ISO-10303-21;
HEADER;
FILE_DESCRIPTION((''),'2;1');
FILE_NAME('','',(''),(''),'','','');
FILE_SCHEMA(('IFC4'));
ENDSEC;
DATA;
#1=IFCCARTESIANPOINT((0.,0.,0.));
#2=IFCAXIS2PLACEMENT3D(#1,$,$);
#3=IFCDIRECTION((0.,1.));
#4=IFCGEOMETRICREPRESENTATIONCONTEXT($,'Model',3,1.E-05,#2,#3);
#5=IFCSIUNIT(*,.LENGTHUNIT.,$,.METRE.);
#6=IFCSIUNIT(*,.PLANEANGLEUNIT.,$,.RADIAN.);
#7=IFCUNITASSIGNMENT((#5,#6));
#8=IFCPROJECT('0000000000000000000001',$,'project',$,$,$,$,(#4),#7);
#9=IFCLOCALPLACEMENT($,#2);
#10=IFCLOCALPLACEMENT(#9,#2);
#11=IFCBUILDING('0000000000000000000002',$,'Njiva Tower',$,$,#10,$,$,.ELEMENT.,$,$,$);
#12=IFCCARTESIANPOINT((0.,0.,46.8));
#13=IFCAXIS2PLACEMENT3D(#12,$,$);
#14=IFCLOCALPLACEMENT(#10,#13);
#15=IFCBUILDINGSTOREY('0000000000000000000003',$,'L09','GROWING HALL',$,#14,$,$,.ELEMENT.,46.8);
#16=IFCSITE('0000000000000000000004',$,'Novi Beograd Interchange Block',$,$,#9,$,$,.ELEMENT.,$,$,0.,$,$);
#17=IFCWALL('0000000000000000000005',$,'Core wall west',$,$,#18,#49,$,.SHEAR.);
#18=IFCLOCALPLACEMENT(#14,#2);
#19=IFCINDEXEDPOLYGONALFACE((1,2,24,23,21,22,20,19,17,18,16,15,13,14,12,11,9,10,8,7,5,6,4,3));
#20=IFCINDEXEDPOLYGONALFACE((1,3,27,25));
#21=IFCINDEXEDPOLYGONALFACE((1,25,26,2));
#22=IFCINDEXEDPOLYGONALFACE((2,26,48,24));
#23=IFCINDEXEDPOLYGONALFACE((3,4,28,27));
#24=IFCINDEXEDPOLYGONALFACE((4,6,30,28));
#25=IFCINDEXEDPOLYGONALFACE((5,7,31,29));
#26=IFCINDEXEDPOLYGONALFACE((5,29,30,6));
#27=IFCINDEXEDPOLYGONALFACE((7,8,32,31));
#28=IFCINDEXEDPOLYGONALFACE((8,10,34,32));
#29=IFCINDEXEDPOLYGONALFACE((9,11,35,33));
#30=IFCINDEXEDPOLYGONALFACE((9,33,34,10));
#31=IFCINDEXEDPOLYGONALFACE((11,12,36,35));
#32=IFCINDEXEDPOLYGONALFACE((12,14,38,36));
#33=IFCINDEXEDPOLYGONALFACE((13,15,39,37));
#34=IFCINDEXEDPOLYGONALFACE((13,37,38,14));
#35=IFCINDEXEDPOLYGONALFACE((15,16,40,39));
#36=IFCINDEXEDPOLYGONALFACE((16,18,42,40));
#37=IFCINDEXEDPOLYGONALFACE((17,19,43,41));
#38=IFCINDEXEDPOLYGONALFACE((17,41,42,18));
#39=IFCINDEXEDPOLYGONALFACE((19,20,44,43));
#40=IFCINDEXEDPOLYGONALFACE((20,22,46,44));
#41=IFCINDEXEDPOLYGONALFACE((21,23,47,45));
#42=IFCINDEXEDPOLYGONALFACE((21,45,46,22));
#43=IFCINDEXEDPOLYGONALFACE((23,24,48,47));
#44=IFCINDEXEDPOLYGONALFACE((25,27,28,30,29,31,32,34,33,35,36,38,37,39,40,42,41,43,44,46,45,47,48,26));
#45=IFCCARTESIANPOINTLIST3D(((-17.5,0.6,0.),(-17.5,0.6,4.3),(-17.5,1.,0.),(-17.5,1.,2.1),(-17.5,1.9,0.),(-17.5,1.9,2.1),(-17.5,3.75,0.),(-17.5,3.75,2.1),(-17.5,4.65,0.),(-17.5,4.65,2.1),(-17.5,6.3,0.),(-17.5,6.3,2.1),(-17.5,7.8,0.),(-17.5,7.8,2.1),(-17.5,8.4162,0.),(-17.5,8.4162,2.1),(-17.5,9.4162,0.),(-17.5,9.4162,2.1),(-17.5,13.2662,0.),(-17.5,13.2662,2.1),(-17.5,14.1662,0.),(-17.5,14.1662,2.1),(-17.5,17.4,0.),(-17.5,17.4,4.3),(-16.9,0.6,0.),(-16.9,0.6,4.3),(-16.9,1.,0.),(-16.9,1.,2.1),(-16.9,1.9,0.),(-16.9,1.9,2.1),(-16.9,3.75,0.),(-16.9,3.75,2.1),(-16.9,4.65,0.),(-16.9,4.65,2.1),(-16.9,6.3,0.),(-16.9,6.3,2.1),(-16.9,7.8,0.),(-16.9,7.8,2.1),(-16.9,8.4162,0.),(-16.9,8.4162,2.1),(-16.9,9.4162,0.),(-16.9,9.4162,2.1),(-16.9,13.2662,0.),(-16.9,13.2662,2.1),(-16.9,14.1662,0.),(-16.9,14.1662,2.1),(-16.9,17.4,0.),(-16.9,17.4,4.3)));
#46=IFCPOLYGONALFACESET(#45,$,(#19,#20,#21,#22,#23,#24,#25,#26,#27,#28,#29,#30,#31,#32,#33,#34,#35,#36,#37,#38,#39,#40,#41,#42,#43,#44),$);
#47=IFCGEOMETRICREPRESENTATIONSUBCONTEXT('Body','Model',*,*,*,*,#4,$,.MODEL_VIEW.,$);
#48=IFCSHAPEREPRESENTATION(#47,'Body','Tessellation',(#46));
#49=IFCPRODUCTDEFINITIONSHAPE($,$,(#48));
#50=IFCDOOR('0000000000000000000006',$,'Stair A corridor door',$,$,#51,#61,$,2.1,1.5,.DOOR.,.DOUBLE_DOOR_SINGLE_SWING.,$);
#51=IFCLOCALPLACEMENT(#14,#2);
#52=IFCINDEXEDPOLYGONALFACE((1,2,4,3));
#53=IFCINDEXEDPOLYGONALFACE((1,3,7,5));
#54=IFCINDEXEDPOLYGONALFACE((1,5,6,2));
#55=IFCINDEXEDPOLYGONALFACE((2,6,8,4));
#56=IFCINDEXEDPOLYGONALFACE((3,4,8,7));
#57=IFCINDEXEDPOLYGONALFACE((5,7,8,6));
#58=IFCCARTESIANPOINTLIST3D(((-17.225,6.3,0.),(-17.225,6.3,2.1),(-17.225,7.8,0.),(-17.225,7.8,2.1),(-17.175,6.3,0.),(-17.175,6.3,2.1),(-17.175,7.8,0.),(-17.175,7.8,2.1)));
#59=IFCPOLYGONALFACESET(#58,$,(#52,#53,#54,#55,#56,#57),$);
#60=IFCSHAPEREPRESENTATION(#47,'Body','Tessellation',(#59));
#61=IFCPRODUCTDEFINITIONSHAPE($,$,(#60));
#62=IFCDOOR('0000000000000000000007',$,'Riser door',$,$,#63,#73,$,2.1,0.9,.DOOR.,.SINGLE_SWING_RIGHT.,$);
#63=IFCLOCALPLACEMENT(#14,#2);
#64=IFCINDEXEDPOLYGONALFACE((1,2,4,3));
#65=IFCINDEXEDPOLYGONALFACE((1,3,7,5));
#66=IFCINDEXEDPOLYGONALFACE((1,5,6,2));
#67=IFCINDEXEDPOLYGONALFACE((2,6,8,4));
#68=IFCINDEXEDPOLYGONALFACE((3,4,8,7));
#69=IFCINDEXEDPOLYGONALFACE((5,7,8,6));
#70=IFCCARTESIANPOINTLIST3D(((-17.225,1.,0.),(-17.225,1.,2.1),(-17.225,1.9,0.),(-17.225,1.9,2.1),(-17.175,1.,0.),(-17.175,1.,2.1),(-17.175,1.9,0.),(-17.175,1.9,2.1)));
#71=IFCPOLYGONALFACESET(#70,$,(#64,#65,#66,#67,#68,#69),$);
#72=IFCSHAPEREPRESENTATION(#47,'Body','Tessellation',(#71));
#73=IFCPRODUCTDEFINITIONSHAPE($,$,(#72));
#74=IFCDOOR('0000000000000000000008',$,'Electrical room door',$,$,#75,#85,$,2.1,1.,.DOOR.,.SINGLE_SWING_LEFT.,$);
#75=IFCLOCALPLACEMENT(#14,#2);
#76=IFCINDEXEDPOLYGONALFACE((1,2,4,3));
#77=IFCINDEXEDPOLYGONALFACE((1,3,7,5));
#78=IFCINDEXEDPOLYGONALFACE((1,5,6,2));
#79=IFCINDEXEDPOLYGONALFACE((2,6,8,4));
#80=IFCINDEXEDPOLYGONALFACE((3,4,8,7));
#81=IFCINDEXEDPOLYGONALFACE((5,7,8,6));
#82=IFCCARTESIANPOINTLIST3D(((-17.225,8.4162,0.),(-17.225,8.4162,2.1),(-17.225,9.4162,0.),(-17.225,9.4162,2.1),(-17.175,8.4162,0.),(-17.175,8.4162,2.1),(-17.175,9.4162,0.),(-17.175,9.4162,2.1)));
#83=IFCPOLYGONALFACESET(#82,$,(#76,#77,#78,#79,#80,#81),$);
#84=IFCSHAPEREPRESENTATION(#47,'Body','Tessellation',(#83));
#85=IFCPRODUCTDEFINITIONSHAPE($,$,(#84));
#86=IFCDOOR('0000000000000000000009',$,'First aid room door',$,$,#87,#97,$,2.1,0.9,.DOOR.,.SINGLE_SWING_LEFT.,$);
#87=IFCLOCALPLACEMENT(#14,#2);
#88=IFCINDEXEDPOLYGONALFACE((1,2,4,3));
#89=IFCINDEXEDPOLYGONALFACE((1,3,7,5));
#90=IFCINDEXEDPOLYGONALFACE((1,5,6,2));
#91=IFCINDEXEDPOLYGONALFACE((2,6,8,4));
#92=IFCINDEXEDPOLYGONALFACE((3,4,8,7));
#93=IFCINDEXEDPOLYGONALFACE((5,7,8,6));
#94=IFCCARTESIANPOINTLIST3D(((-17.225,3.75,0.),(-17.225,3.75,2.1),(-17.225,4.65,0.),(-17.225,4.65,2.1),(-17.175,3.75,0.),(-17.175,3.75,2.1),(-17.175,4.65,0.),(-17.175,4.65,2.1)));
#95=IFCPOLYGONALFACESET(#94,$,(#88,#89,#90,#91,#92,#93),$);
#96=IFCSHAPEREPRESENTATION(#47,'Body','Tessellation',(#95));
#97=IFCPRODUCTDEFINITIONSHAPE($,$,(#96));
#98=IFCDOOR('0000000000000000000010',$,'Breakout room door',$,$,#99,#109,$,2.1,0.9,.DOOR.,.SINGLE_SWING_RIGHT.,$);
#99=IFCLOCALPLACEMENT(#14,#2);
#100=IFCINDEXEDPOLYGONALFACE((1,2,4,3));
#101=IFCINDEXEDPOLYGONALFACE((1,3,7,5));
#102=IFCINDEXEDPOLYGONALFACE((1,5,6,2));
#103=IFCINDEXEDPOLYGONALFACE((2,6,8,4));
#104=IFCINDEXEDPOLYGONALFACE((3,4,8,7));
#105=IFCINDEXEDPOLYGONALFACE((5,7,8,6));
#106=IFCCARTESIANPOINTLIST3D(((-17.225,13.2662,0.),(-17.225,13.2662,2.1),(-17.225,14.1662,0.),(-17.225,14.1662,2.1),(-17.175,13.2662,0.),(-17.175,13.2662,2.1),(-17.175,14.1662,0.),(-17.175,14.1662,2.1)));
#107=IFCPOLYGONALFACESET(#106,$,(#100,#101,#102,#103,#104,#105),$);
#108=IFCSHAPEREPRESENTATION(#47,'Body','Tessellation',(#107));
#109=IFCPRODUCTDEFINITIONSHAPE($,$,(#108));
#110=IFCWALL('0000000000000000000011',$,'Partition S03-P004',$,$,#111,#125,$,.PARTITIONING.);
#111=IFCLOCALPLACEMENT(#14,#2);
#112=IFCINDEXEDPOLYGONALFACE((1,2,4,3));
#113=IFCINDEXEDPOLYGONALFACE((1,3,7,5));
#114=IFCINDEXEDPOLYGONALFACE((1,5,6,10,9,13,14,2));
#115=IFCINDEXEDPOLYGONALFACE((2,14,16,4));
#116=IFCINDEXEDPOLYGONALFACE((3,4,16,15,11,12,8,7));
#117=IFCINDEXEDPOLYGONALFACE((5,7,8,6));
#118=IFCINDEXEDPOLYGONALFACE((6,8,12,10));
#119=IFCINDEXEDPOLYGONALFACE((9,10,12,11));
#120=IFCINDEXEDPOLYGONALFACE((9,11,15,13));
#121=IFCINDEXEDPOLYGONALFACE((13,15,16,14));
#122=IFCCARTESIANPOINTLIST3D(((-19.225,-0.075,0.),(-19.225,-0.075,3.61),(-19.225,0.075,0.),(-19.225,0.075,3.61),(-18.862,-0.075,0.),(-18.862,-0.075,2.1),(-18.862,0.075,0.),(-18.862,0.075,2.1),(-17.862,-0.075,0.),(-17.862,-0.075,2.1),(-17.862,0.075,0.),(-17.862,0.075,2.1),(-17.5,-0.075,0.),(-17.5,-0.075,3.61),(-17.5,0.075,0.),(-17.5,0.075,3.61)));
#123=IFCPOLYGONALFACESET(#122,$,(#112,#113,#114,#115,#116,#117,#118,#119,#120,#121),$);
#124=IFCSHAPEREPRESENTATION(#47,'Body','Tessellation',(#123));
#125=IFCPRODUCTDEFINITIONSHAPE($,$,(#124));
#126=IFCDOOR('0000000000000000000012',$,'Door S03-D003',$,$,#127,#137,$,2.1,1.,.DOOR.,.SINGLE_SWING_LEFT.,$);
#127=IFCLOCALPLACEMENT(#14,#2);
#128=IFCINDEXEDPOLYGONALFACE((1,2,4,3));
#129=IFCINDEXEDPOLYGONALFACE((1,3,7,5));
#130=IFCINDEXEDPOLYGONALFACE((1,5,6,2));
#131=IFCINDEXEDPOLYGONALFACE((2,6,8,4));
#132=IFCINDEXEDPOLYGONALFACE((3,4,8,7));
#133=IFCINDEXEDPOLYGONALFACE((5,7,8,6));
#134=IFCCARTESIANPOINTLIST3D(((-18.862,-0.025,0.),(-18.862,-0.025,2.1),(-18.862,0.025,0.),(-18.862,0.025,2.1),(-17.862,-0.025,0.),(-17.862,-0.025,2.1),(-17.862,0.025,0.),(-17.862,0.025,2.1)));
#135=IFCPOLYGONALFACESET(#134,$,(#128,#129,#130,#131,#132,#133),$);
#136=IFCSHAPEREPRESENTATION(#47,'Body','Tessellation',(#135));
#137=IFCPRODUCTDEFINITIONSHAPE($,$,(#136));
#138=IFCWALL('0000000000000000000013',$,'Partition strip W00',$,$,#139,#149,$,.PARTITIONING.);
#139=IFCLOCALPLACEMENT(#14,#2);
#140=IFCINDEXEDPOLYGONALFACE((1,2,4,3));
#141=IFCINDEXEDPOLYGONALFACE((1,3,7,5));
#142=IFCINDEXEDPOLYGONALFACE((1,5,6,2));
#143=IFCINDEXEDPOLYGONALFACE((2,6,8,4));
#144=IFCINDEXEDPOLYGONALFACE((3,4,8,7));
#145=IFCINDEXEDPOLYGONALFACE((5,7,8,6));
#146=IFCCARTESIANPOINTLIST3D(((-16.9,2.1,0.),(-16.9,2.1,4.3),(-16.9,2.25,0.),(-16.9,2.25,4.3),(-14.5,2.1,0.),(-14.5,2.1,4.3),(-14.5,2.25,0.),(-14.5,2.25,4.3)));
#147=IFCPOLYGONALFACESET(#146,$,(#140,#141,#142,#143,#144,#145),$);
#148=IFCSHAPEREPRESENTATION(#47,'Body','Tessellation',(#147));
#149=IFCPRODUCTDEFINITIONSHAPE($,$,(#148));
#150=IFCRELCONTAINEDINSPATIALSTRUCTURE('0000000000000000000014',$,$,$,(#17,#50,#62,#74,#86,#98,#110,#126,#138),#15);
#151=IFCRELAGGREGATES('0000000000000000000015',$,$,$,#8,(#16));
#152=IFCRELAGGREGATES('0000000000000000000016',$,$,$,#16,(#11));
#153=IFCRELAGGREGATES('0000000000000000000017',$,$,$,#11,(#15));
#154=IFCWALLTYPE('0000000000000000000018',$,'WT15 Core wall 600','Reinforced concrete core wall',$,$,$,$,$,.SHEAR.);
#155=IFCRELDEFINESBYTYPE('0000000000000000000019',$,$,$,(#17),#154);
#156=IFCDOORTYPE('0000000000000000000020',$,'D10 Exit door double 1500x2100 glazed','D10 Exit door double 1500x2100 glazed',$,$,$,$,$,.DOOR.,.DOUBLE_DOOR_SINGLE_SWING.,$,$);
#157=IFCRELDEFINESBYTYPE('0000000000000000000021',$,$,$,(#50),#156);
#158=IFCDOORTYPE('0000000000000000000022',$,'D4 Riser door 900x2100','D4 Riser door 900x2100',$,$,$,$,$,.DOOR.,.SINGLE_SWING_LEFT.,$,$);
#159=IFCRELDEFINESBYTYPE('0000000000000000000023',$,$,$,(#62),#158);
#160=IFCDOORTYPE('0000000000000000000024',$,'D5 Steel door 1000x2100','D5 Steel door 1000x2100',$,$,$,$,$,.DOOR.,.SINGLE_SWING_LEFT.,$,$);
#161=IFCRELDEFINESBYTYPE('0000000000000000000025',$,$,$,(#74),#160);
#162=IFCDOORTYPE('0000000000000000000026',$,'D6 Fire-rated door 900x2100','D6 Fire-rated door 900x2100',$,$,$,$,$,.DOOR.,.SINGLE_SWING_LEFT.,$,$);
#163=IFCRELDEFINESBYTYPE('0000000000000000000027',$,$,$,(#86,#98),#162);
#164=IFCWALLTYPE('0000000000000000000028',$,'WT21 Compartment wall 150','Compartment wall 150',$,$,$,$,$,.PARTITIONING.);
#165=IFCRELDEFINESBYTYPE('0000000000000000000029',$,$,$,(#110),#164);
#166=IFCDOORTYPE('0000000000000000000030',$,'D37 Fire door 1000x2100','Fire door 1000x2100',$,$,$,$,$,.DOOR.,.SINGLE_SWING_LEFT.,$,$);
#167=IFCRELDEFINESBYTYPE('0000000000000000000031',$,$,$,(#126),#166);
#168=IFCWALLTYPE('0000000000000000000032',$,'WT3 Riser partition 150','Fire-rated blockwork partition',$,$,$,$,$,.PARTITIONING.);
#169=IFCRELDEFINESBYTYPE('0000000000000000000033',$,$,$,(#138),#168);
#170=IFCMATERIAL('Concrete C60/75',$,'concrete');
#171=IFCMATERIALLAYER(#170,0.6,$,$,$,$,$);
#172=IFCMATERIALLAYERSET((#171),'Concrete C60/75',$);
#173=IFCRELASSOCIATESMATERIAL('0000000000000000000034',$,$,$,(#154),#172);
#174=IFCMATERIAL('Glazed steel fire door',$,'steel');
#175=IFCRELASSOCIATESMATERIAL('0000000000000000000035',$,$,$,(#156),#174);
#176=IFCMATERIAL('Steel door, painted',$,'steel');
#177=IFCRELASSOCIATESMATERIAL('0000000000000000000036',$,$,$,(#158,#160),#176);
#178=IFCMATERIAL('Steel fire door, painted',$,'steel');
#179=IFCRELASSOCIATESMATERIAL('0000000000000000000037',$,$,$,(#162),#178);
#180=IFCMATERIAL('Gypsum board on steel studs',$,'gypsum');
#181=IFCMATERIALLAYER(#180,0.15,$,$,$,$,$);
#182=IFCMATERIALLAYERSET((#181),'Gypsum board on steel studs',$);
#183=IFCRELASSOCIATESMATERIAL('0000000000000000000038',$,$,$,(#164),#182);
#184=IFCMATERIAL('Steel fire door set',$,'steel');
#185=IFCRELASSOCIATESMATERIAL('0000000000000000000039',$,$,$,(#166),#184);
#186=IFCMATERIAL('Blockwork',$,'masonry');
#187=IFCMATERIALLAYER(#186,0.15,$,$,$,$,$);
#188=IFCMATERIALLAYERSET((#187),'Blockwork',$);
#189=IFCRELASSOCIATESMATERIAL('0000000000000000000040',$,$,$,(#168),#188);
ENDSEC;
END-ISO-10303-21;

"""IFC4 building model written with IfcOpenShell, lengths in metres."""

from ifc_helpers import new_model, si_unit, direction, frame, frame_2d, origin, place, context, subcontext, project, spatial, rectangle, extrude, material, layer, layer_set, type_object, element, fill, save


model = new_model("IFC4")

# Units and contexts
model_context = context("Model", 3, precision=1e-05, world=origin(), true_north=direction((0.0, 1.0)))
body_context = subcontext(model_context, "Body", "Model", "MODEL_VIEW")
ifc_project = project(units=[si_unit("LENGTHUNIT", "METRE"), si_unit("PLANEANGLEUNIT", "RADIAN")], contexts=[model_context])

# Site, building, storey
site_placement = place(None, origin())
site = spatial("IfcSite", under=ifc_project, at=site_placement, Name="Novi Beograd Interchange Block", CompositionType="ELEMENT", RefElevation=0.0)
building_placement = place(site_placement, origin())
building = spatial("IfcBuilding", under=site, at=building_placement, Name="Njiva Tower", CompositionType="ELEMENT")
storey_placement = place(building_placement, frame((0.0, 0.0, 46.8)))
storey = spatial("IfcBuildingStorey", under=building, at=storey_placement, Name="L09", Description="GROWING HALL", CompositionType="ELEMENT", Elevation=46.8)

# Wall, openings, doors
ifc_material_1 = material(Name="Concrete C60/75", Category="concrete")
ifc_layer_1 = layer(ifc_material_1, 0.6)
ifc_layer_set_1 = layer_set([ifc_layer_1], Name="Concrete C60/75")
wall_type_1 = type_object("IfcWallType", Name="WT15 Core wall 600", Description="Reinforced concrete core wall", PredefinedType="SHEAR", material=ifc_layer_set_1)
wall_1_placement = place(storey_placement, frame((-17.2, 0.6, 0.0), z_axis=(0.0, 0.0, 1.0), x_axis=(0.0, 1.0, 0.0)))
wall_1 = element("IfcWall", 1, at=wall_1_placement, inside=storey, type_object=wall_type_1, Name="Core wall west", PredefinedType="SHEAR", context=body_context, shape_type="SweptSolid", body=[
    extrude(rectangle(XDim=16.8, YDim=0.6, at=frame_2d((8.4, 0.0))), origin(), (0.0, 0.0, 1.0), 4.3),
])
opening_1_placement = place(wall_1_placement, frame((5.7, 0.0, 0.0)))
opening_1 = element("IfcOpeningElement", 2, at=opening_1_placement, cuts=wall_1, PredefinedType="OPENING", context=body_context, shape_type="SweptSolid", body=[
    extrude(rectangle(XDim=1.5, YDim=2.1, at=frame_2d((0.75, 1.05))), frame((0.0, 0.31, 0.0), z_axis=(0.0, -1.0, 0.0), x_axis=(1.0, 0.0, 0.0)), (0.0, 0.0, 1.0), 0.62),
])
opening_2_placement = place(wall_1_placement, frame((0.4, 0.0, 0.0)))
opening_2 = element("IfcOpeningElement", 3, at=opening_2_placement, cuts=wall_1, PredefinedType="OPENING", context=body_context, shape_type="SweptSolid", body=[
    extrude(rectangle(XDim=0.9, YDim=2.1, at=frame_2d((0.45, 1.05))), frame((0.0, 0.31, 0.0), z_axis=(0.0, -1.0, 0.0), x_axis=(1.0, 0.0, 0.0)), (0.0, 0.0, 1.0), 0.62),
])
opening_3_placement = place(wall_1_placement, frame((3.15, 0.0, 0.0)))
opening_3 = element("IfcOpeningElement", 4, at=opening_3_placement, cuts=wall_1, PredefinedType="OPENING", context=body_context, shape_type="SweptSolid", body=[
    extrude(rectangle(XDim=0.9, YDim=2.1, at=frame_2d((0.45, 1.05))), frame((0.0, 0.31, 0.0), z_axis=(0.0, -1.0, 0.0), x_axis=(1.0, 0.0, 0.0)), (0.0, 0.0, 1.0), 0.62),
])
opening_4_placement = place(wall_1_placement, frame((7.8162, 0.0, 0.0)))
opening_4 = element("IfcOpeningElement", 5, at=opening_4_placement, cuts=wall_1, PredefinedType="OPENING", context=body_context, shape_type="SweptSolid", body=[
    extrude(rectangle(XDim=1.0, YDim=2.1, at=frame_2d((0.5, 1.05))), frame((0.0, 0.31, 0.0), z_axis=(0.0, -1.0, 0.0), x_axis=(1.0, 0.0, 0.0)), (0.0, 0.0, 1.0), 0.62),
])
opening_5_placement = place(wall_1_placement, frame((12.6662, 0.0, 0.0)))
opening_5 = element("IfcOpeningElement", 6, at=opening_5_placement, cuts=wall_1, PredefinedType="OPENING", context=body_context, shape_type="SweptSolid", body=[
    extrude(rectangle(XDim=0.9, YDim=2.1, at=frame_2d((0.45, 1.05))), frame((0.0, 0.31, 0.0), z_axis=(0.0, -1.0, 0.0), x_axis=(1.0, 0.0, 0.0)), (0.0, 0.0, 1.0), 0.62),
])
ifc_material_2 = material(Name="Glazed steel fire door", Category="steel")
door_type_1 = type_object("IfcDoorType", Name="D10 Exit door double 1500x2100 glazed", Description="D10 Exit door double 1500x2100 glazed", OperationType="DOUBLE_DOOR_SINGLE_SWING", PredefinedType="DOOR", material=ifc_material_2)
door_1_placement = place(opening_1_placement, origin())
door_1 = element("IfcDoor", 7, at=door_1_placement, inside=storey, type_object=door_type_1, Name="Stair A corridor door", OperationType="DOUBLE_DOOR_SINGLE_SWING", OverallHeight=2.1, OverallWidth=1.5, PredefinedType="DOOR", context=body_context, shape_type="SweptSolid", body=[
    extrude(rectangle(XDim=1.5, YDim=2.1, at=frame_2d((0.75, 1.05))), frame((0.0, 0.025, 0.0), z_axis=(0.0, -1.0, 0.0), x_axis=(1.0, 0.0, 0.0)), (0.0, 0.0, 1.0), 0.05),
])
fill(opening_1, door_1)
ifc_material_3 = material(Name="Steel door, painted", Category="steel")
door_type_2 = type_object("IfcDoorType", Name="D4 Riser door 900x2100", Description="D4 Riser door 900x2100", OperationType="SINGLE_SWING_LEFT", PredefinedType="DOOR", material=ifc_material_3)
door_2_placement = place(opening_2_placement, origin())
door_2 = element("IfcDoor", 8, at=door_2_placement, inside=storey, type_object=door_type_2, Name="Riser door", OperationType="SINGLE_SWING_RIGHT", OverallHeight=2.1, OverallWidth=0.9, PredefinedType="DOOR", context=body_context, shape_type="SweptSolid", body=[
    extrude(rectangle(XDim=0.9, YDim=2.1, at=frame_2d((0.45, 1.05))), frame((0.0, 0.025, 0.0), z_axis=(0.0, -1.0, 0.0), x_axis=(1.0, 0.0, 0.0)), (0.0, 0.0, 1.0), 0.05),
])
fill(opening_2, door_2)
door_type_3 = type_object("IfcDoorType", Name="D5 Steel door 1000x2100", Description="D5 Steel door 1000x2100", OperationType="SINGLE_SWING_LEFT", PredefinedType="DOOR", material=ifc_material_3)
door_3_placement = place(opening_4_placement, origin())
door_3 = element("IfcDoor", 9, at=door_3_placement, inside=storey, type_object=door_type_3, Name="Electrical room door", OperationType="SINGLE_SWING_LEFT", OverallHeight=2.1, OverallWidth=1.0, PredefinedType="DOOR", context=body_context, shape_type="SweptSolid", body=[
    extrude(rectangle(XDim=1.0, YDim=2.1, at=frame_2d((0.5, 1.05))), frame((0.0, 0.025, 0.0), z_axis=(0.0, -1.0, 0.0), x_axis=(1.0, 0.0, 0.0)), (0.0, 0.0, 1.0), 0.05),
])
fill(opening_4, door_3)
ifc_material_4 = material(Name="Steel fire door, painted", Category="steel")
door_type_4 = type_object("IfcDoorType", Name="D6 Fire-rated door 900x2100", Description="D6 Fire-rated door 900x2100", OperationType="SINGLE_SWING_LEFT", PredefinedType="DOOR", material=ifc_material_4)
door_4_placement = place(opening_3_placement, origin())
door_4 = element("IfcDoor", 10, at=door_4_placement, inside=storey, type_object=door_type_4, Name="First aid room door", OperationType="SINGLE_SWING_LEFT", OverallHeight=2.1, OverallWidth=0.9, PredefinedType="DOOR", context=body_context, shape_type="SweptSolid", body=[
    extrude(rectangle(XDim=0.9, YDim=2.1, at=frame_2d((0.45, 1.05))), frame((0.0, 0.025, 0.0), z_axis=(0.0, -1.0, 0.0), x_axis=(1.0, 0.0, 0.0)), (0.0, 0.0, 1.0), 0.05),
])
fill(opening_3, door_4)
door_5_placement = place(opening_5_placement, origin())
door_5 = element("IfcDoor", 11, at=door_5_placement, inside=storey, type_object=door_type_4, Name="Breakout room door", OperationType="SINGLE_SWING_RIGHT", OverallHeight=2.1, OverallWidth=0.9, PredefinedType="DOOR", context=body_context, shape_type="SweptSolid", body=[
    extrude(rectangle(XDim=0.9, YDim=2.1, at=frame_2d((0.45, 1.05))), frame((0.0, 0.025, 0.0), z_axis=(0.0, -1.0, 0.0), x_axis=(1.0, 0.0, 0.0)), (0.0, 0.0, 1.0), 0.05),
])
fill(opening_5, door_5)

# Wall, opening, door
ifc_material_5 = material(Name="Gypsum board on steel studs", Category="gypsum")
ifc_layer_2 = layer(ifc_material_5, 0.15)
ifc_layer_set_2 = layer_set([ifc_layer_2], Name="Gypsum board on steel studs")
wall_type_2 = type_object("IfcWallType", Name="WT21 Compartment wall 150", Description="Compartment wall 150", PredefinedType="PARTITIONING", material=ifc_layer_set_2)
wall_2_placement = place(storey_placement, frame((-19.225, 0.0, 0.0), z_axis=(0.0, 0.0, 1.0), x_axis=(1.0, 0.0, 0.0)))
wall_2 = element("IfcWall", 12, at=wall_2_placement, inside=storey, type_object=wall_type_2, Name="Partition S03-P004", PredefinedType="PARTITIONING", context=body_context, shape_type="SweptSolid", body=[
    extrude(rectangle(XDim=1.725, YDim=0.15, at=frame_2d((0.8625, 0.0))), origin(), (0.0, 0.0, 1.0), 3.61),
])
opening_6_placement = place(wall_2_placement, frame((0.363, 0.0, 0.0)))
opening_6 = element("IfcOpeningElement", 13, at=opening_6_placement, cuts=wall_2, PredefinedType="OPENING", context=body_context, shape_type="SweptSolid", body=[
    extrude(rectangle(XDim=1.0, YDim=2.1, at=frame_2d((0.5, 1.05))), frame((0.0, 0.085, 0.0), z_axis=(0.0, -1.0, 0.0), x_axis=(1.0, 0.0, 0.0)), (0.0, 0.0, 1.0), 0.17),
])
ifc_material_6 = material(Name="Steel fire door set", Category="steel")
door_type_5 = type_object("IfcDoorType", Name="D37 Fire door 1000x2100", Description="Fire door 1000x2100", OperationType="SINGLE_SWING_LEFT", PredefinedType="DOOR", material=ifc_material_6)
door_6_placement = place(opening_6_placement, origin())
door_6 = element("IfcDoor", 14, at=door_6_placement, inside=storey, type_object=door_type_5, Name="Door S03-D003", OperationType="SINGLE_SWING_LEFT", OverallHeight=2.1, OverallWidth=1.0, PredefinedType="DOOR", context=body_context, shape_type="SweptSolid", body=[
    extrude(rectangle(XDim=1.0, YDim=2.1, at=frame_2d((0.5, 1.05))), frame((0.0, 0.025, 0.0), z_axis=(0.0, -1.0, 0.0), x_axis=(1.0, 0.0, 0.0)), (0.0, 0.0, 1.0), 0.05),
])
fill(opening_6, door_6)

# Wall
ifc_material_7 = material(Name="Blockwork", Category="masonry")
ifc_layer_3 = layer(ifc_material_7, 0.15)
ifc_layer_set_3 = layer_set([ifc_layer_3], Name="Blockwork")
wall_type_3 = type_object("IfcWallType", Name="WT3 Riser partition 150", Description="Fire-rated blockwork partition", PredefinedType="PARTITIONING", material=ifc_layer_set_3)
wall_3_placement = place(storey_placement, frame((-16.9, 2.175, 0.0), z_axis=(0.0, 0.0, 1.0), x_axis=(1.0, 0.0, 0.0)))
element("IfcWall", 15, at=wall_3_placement, inside=storey, type_object=wall_type_3, Name="Partition strip W00", PredefinedType="PARTITIONING", context=body_context, shape_type="SweptSolid", body=[
    extrude(rectangle(XDim=2.4, YDim=0.15, at=frame_2d((1.2, 0.0))), origin(), (0.0, 0.0, 1.0), 4.3),
])

save(model, "model.ifc")
